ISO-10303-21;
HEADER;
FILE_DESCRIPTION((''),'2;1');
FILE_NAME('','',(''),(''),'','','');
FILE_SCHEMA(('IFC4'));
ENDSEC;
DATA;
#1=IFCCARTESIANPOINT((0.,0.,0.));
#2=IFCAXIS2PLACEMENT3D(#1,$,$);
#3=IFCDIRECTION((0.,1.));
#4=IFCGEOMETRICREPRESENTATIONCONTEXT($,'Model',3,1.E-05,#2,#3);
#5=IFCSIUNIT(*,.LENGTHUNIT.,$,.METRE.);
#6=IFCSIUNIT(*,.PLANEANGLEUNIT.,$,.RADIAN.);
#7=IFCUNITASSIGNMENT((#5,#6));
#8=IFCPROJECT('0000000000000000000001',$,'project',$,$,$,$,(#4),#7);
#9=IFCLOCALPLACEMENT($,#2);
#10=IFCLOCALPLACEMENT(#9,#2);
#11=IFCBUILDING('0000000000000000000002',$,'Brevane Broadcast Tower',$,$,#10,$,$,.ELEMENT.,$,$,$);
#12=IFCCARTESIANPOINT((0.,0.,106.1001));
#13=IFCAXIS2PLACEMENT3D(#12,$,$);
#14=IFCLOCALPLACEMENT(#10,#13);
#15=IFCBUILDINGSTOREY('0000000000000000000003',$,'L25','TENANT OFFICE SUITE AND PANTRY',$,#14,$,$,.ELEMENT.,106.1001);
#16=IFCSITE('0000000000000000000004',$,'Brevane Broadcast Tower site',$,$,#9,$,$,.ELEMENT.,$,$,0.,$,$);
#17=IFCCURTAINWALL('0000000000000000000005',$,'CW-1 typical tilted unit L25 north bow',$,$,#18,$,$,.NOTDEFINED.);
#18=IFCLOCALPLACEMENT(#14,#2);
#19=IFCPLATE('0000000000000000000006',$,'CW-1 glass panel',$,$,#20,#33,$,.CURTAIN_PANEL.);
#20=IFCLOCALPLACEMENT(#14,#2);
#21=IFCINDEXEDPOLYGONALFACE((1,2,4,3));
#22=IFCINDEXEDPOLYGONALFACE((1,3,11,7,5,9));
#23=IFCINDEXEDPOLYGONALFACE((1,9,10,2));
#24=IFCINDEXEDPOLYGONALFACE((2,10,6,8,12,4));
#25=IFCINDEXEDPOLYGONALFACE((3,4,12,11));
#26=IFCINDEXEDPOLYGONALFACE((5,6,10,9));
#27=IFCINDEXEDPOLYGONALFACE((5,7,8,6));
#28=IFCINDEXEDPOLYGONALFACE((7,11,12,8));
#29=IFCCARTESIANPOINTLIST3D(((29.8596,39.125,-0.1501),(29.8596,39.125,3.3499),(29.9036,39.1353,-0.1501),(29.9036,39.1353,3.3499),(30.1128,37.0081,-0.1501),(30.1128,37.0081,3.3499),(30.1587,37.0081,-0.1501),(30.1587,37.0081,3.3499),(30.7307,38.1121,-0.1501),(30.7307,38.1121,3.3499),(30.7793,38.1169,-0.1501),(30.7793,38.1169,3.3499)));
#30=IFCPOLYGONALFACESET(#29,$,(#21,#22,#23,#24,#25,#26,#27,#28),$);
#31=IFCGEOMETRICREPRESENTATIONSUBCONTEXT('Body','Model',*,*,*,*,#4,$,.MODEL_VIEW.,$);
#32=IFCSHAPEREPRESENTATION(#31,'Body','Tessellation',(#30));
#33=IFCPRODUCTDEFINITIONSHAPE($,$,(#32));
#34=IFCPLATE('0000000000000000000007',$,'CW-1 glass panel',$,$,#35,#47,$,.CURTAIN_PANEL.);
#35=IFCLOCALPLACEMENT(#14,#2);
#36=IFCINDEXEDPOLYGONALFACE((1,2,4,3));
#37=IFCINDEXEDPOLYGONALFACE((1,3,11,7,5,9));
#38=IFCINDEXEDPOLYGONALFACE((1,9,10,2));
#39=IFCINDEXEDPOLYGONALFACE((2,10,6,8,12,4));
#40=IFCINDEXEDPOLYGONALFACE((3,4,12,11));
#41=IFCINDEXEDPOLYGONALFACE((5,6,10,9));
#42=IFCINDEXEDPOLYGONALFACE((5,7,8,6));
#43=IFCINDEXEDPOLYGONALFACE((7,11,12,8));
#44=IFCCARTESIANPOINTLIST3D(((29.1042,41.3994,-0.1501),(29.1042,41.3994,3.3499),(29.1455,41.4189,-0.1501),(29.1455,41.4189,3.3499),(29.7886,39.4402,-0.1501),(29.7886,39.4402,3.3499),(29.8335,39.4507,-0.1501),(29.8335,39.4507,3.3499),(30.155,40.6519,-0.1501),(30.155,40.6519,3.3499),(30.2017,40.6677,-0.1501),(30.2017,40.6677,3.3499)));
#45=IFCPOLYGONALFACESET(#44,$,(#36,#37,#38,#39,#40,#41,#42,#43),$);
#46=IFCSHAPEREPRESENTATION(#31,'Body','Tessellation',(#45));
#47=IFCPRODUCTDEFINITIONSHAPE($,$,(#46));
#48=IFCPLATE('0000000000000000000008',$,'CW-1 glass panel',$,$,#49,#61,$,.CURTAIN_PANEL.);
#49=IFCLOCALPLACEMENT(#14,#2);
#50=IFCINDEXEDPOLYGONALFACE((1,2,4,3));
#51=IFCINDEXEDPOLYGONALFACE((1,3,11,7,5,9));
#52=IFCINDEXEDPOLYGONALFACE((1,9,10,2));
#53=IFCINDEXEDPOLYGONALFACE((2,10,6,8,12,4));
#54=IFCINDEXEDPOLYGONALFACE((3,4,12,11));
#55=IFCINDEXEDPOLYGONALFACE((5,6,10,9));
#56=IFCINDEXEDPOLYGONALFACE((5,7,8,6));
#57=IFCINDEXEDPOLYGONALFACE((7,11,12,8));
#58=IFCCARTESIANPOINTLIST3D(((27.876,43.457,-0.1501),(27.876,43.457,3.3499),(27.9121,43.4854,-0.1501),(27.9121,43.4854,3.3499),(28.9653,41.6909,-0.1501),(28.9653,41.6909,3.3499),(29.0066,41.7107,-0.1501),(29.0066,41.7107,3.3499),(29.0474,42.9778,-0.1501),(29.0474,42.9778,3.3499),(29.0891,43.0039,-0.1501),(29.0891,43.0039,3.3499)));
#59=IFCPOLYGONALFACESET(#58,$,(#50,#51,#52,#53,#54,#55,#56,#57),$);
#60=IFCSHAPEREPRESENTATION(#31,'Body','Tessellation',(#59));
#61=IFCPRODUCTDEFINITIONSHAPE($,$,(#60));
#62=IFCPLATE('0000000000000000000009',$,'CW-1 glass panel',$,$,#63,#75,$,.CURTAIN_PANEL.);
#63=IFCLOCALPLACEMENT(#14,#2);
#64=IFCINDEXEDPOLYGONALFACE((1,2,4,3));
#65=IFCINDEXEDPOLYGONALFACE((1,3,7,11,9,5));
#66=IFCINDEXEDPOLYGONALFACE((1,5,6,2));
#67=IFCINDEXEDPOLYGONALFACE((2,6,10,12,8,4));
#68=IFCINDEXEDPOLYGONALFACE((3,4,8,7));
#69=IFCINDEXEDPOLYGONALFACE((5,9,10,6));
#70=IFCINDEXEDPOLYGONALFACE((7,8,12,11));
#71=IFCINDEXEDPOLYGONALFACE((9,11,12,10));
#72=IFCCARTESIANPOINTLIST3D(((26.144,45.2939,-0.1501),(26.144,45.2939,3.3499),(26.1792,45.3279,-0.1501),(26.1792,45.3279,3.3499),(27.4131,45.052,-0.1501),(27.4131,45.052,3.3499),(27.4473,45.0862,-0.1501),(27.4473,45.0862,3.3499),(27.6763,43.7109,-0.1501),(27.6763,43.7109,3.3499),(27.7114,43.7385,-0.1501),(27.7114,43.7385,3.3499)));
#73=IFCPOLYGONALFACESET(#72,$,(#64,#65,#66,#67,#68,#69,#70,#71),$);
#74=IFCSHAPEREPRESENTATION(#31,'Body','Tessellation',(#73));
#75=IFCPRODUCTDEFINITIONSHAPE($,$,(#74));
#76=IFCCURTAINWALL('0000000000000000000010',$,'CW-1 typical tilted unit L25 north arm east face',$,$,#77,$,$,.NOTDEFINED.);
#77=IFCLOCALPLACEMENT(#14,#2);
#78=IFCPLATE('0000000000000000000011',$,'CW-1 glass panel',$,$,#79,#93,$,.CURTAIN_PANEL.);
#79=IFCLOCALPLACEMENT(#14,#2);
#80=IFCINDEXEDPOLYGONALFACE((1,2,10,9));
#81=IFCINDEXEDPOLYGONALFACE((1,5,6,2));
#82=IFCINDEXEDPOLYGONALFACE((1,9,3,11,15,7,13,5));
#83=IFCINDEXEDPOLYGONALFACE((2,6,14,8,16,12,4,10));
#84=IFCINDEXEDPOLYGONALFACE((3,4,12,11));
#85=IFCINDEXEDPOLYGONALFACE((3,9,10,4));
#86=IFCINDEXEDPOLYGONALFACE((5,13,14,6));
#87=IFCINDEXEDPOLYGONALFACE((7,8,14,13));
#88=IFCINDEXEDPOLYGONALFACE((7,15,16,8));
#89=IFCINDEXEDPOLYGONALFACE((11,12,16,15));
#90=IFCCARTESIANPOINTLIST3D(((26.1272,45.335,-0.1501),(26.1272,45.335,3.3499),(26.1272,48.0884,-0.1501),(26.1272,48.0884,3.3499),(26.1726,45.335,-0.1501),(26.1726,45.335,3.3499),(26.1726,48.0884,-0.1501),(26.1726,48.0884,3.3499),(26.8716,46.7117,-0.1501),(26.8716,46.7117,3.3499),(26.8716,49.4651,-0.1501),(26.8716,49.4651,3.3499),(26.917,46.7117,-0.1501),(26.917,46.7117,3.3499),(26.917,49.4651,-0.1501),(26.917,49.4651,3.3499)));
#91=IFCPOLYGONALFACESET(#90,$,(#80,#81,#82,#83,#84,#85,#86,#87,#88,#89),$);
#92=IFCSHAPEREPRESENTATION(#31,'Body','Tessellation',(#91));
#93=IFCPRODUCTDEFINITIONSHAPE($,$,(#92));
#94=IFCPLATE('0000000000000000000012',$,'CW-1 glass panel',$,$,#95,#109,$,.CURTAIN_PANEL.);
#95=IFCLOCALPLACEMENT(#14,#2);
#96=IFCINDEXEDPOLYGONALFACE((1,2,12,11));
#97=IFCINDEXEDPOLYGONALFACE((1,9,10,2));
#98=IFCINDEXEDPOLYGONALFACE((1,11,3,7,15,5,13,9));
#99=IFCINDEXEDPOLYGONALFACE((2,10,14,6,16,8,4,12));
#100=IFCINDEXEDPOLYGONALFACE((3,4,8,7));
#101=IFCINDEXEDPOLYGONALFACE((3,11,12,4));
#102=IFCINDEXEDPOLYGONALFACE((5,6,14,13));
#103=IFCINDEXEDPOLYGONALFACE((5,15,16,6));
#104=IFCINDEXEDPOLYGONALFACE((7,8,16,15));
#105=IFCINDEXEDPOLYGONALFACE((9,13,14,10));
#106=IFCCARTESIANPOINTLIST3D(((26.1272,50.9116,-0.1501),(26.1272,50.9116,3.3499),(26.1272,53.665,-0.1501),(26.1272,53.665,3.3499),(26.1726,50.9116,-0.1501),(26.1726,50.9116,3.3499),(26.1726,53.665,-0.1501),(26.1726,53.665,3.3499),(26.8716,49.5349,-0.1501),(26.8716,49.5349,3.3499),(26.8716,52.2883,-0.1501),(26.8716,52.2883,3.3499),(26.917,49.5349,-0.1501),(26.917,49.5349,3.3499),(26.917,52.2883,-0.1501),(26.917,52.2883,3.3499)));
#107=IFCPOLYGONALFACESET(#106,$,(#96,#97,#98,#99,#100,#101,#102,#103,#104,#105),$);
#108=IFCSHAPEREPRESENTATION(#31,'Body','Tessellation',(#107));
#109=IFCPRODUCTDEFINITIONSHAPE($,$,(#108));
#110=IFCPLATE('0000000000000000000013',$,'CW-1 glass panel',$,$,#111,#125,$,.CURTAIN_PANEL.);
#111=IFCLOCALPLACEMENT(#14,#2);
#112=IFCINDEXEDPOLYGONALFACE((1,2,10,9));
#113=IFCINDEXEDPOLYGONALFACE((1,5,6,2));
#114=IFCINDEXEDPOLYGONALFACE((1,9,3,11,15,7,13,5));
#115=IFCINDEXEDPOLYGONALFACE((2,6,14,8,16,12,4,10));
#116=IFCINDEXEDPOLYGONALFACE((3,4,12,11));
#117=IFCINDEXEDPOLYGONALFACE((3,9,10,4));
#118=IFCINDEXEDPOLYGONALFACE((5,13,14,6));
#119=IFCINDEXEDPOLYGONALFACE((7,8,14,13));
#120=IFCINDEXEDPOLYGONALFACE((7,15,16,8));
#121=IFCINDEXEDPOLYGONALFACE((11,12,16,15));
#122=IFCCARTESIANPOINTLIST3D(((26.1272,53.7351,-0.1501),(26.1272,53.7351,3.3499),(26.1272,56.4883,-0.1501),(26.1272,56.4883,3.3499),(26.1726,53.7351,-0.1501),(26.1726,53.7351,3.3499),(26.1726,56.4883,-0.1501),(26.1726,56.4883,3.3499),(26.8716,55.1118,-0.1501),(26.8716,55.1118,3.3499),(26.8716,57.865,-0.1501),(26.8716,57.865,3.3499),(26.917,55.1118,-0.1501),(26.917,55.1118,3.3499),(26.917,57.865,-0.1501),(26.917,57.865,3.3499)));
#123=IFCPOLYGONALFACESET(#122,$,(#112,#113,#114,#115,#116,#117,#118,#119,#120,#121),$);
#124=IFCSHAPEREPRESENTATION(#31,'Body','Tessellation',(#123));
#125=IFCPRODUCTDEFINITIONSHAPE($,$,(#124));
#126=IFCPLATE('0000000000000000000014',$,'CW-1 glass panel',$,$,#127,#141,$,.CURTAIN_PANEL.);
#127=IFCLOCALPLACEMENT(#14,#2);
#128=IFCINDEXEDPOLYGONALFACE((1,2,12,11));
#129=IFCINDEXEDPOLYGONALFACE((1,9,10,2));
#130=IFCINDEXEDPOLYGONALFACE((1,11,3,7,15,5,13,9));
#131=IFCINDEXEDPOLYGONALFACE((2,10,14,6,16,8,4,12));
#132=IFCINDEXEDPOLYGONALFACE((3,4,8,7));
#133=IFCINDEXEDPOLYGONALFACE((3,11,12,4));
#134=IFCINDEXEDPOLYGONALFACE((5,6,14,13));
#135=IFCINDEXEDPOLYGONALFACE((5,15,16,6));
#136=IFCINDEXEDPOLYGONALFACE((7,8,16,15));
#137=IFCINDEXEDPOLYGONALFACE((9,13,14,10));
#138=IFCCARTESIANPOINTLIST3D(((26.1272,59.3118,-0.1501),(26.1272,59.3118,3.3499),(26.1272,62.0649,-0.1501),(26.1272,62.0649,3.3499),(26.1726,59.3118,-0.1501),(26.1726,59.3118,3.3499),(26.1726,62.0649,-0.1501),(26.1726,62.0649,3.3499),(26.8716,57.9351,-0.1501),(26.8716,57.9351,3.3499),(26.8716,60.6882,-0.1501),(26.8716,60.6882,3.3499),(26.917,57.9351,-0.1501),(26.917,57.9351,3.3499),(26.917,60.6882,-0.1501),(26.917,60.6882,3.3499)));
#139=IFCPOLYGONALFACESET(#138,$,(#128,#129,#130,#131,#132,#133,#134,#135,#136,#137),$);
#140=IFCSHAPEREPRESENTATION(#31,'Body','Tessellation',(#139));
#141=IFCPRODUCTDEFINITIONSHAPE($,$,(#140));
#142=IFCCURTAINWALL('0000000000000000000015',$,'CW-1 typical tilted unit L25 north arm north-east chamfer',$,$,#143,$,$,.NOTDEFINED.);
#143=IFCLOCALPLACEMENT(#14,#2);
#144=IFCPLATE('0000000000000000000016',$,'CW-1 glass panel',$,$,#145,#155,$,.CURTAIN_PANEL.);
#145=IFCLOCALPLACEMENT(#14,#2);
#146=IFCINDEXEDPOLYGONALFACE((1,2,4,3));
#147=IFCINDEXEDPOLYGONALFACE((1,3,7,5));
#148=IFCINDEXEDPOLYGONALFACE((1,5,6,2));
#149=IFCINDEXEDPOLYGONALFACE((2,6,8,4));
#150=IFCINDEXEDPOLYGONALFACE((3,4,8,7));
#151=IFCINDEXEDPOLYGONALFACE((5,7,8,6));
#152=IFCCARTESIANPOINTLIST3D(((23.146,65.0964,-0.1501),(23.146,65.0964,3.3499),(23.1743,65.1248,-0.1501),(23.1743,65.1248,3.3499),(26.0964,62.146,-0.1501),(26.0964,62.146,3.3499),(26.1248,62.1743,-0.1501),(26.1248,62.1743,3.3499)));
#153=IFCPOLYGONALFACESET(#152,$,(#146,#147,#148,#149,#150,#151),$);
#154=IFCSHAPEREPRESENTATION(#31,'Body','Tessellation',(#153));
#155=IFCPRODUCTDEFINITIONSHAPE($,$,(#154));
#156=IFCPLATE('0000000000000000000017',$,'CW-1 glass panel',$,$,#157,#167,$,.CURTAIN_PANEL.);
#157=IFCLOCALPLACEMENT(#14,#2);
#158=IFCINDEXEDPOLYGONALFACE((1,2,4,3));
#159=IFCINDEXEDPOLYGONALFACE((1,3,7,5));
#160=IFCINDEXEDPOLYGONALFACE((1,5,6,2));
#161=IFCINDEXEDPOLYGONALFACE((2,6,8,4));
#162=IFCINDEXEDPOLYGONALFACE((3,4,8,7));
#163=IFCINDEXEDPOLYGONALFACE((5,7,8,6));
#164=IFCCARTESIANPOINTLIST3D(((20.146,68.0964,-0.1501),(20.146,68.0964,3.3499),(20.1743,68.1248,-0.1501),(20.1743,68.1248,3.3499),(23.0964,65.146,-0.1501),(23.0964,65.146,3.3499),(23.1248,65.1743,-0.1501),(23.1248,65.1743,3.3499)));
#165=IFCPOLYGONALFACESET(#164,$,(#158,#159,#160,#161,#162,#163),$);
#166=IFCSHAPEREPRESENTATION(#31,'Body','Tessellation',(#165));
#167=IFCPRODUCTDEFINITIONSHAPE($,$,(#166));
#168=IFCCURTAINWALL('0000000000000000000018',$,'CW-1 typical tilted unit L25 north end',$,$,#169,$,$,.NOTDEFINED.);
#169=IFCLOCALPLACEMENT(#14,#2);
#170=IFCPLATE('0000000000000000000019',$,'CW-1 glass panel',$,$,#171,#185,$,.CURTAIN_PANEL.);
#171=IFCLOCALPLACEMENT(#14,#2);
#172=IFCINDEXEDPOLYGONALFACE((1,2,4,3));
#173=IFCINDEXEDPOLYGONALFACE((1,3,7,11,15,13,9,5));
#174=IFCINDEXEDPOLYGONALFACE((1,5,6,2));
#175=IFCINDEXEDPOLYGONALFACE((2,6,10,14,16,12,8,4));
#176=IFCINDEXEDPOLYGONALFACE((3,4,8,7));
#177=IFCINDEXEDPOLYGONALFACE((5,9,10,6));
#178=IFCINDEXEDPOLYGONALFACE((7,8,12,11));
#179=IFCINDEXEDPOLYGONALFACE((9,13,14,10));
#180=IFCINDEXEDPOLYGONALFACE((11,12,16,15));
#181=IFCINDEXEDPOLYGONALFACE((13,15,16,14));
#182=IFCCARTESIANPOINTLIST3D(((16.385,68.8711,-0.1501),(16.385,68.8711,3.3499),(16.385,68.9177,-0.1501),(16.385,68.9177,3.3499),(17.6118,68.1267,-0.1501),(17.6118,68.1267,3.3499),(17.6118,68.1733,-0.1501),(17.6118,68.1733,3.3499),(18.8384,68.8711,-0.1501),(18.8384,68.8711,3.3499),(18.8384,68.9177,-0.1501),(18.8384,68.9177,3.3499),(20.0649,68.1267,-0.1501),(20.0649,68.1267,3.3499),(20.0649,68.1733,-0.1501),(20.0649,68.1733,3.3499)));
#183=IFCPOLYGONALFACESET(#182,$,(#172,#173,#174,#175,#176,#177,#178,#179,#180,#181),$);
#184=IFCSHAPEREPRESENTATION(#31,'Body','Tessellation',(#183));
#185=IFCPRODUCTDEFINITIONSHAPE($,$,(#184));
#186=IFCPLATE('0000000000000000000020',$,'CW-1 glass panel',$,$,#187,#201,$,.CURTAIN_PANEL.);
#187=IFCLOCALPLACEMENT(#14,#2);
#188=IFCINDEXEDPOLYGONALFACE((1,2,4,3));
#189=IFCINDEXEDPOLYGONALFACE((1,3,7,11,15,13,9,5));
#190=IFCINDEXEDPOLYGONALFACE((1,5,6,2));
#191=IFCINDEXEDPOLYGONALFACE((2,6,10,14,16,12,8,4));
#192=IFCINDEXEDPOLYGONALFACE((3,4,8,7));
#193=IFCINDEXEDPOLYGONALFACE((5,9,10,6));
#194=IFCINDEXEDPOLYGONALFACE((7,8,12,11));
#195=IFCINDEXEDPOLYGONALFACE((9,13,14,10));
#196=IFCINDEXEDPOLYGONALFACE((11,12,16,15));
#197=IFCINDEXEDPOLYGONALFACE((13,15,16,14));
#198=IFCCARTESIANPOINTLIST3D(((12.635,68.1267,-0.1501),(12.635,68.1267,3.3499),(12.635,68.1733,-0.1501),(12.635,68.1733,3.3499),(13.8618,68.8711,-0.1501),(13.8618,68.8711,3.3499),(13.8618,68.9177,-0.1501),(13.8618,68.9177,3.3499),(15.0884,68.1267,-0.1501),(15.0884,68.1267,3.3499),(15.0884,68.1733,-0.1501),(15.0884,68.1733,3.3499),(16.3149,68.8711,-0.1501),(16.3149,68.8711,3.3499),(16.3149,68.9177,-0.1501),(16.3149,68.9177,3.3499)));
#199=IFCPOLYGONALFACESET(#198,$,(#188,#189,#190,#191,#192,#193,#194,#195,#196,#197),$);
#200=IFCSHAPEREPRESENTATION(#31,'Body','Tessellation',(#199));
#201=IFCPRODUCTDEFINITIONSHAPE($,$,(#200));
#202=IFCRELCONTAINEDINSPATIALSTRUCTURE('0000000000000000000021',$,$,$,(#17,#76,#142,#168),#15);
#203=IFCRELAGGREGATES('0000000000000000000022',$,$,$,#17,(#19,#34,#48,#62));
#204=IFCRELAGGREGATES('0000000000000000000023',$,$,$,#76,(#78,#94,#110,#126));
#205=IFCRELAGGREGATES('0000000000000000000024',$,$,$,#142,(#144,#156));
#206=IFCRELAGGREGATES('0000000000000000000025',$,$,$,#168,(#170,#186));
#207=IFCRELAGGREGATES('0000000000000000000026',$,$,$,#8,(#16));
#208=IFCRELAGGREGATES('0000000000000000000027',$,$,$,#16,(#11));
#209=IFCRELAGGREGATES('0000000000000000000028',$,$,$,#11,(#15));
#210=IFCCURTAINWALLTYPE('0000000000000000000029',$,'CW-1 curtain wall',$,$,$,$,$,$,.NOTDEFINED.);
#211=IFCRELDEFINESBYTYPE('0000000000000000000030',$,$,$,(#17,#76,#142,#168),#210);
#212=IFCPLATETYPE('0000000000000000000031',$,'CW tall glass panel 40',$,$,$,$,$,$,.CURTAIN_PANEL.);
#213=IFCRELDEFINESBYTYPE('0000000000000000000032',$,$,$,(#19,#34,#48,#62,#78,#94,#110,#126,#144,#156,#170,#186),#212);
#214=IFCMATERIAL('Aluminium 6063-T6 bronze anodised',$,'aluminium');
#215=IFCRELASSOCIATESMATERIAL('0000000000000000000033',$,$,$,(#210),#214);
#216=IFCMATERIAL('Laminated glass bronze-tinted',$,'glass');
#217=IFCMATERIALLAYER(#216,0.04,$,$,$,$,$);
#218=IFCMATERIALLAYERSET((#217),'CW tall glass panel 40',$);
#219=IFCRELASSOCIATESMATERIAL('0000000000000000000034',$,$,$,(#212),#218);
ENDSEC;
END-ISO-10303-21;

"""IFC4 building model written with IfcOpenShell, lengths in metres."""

from ifc_helpers import new_model, si_unit, direction, frame, origin, place, context, subcontext, project, spatial, polyline, outline, extrude, material, layer, layer_set, type_object, element, aggregate, save


model = new_model("IFC4")

# Units and contexts
model_context = context("Model", 3, precision=1e-05, world=origin(), true_north=direction((0.0, 1.0)))
body_context = subcontext(model_context, "Body", "Model", "MODEL_VIEW")
ifc_project = project(units=[si_unit("LENGTHUNIT", "METRE"), si_unit("PLANEANGLEUNIT", "RADIAN")], contexts=[model_context])

# Site, building, storey
site_placement = place(None, origin())
site = spatial("IfcSite", under=ifc_project, at=site_placement, Name="Brevane Broadcast Tower site", CompositionType="ELEMENT", RefElevation=0.0)
building_placement = place(site_placement, origin())
building = spatial("IfcBuilding", under=site, at=building_placement, Name="Brevane Broadcast Tower", CompositionType="ELEMENT")
storey_placement = place(building_placement, frame((0.0, 0.0, 106.1001)))
storey = spatial("IfcBuildingStorey", under=building, at=storey_placement, Name="L25", Description="TENANT OFFICE SUITE AND PANTRY", CompositionType="ELEMENT", Elevation=106.1001)

# Shared definitions
ifc_material_1 = material(Name="Aluminium 6063-T6 bronze anodised", Category="aluminium")
curtain_wall_type = type_object("IfcCurtainWallType", Name="CW-1 curtain wall", PredefinedType="NOTDEFINED", material=ifc_material_1)

# Curtain walls, plates
ifc_material_2 = material(Name="Laminated glass bronze-tinted", Category="glass")
ifc_layer = layer(ifc_material_2, 0.04)
ifc_layer_set = layer_set([ifc_layer], Name="CW tall glass panel 40")
plate_type = type_object("IfcPlateType", Name="CW tall glass panel 40", PredefinedType="CURTAIN_PANEL", material=ifc_layer_set)
curtain_wall_1_placement = place(storey_placement, origin())
curtain_wall_1 = element("IfcCurtainWall", 1, at=curtain_wall_1_placement, inside=storey, type_object=curtain_wall_type, Name="CW-1 typical tilted unit L25 north bow", PredefinedType="NOTDEFINED")
plate_1_placement = place(storey_placement, frame((0.0, 0.0, -0.1501)))
plate_1 = element("IfcPlate", 2, at=plate_1_placement, type_object=plate_type, Name="CW-1 glass panel", PredefinedType="CURTAIN_PANEL", context=body_context, shape_type="SweptSolid", body=[
    extrude(outline(polyline([(30.1128, 37.0081), (30.1587, 37.0081), (30.7793, 38.1169), (29.9036, 39.1353), (29.8596, 39.125), (30.7307, 38.1121), (30.1128, 37.0081)])), origin(), (0.0, 0.0, 1.0), 3.5),
])
plate_2_placement = place(storey_placement, frame((0.0, 0.0, -0.1501)))
plate_2 = element("IfcPlate", 3, at=plate_2_placement, type_object=plate_type, Name="CW-1 glass panel", PredefinedType="CURTAIN_PANEL", context=body_context, shape_type="SweptSolid", body=[
    extrude(outline(polyline([(29.7886, 39.4402), (29.8335, 39.4507), (30.2017, 40.6677), (29.1455, 41.4189), (29.1042, 41.3994), (30.155, 40.6519), (29.7886, 39.4402)])), origin(), (0.0, 0.0, 1.0), 3.5),
])
plate_3_placement = place(storey_placement, frame((0.0, 0.0, -0.1501)))
plate_3 = element("IfcPlate", 4, at=plate_3_placement, type_object=plate_type, Name="CW-1 glass panel", PredefinedType="CURTAIN_PANEL", context=body_context, shape_type="SweptSolid", body=[
    extrude(outline(polyline([(28.9653, 41.6909), (29.0066, 41.7107), (29.0891, 43.0039), (27.9121, 43.4854), (27.876, 43.457), (29.0474, 42.9778), (28.9653, 41.6909)])), origin(), (0.0, 0.0, 1.0), 3.5),
])
plate_4_placement = place(storey_placement, frame((0.0, 0.0, -0.1501)))
plate_4 = element("IfcPlate", 5, at=plate_4_placement, type_object=plate_type, Name="CW-1 glass panel", PredefinedType="CURTAIN_PANEL", context=body_context, shape_type="SweptSolid", body=[
    extrude(outline(polyline([(27.6763, 43.7109), (27.7114, 43.7385), (27.4473, 45.0862), (26.1792, 45.3279), (26.144, 45.2939), (27.4131, 45.052), (27.6763, 43.7109)])), origin(), (0.0, 0.0, 1.0), 3.5),
])
aggregate(curtain_wall_1, [plate_1, plate_2, plate_3, plate_4])
curtain_wall_2_placement = place(storey_placement, origin())
curtain_wall_2 = element("IfcCurtainWall", 6, at=curtain_wall_2_placement, inside=storey, type_object=curtain_wall_type, Name="CW-1 typical tilted unit L25 north arm east face", PredefinedType="NOTDEFINED")
plate_5_placement = place(storey_placement, frame((0.0, 0.0, -0.1501)))
plate_5 = element("IfcPlate", 7, at=plate_5_placement, type_object=plate_type, Name="CW-1 glass panel", PredefinedType="CURTAIN_PANEL", context=body_context, shape_type="SweptSolid", body=[
    extrude(outline(polyline([(26.1272, 45.335), (26.1726, 45.335), (26.917, 46.7117), (26.1726, 48.0884), (26.917, 49.4651), (26.8716, 49.4651), (26.1272, 48.0884), (26.8716, 46.7117), (26.1272, 45.335)])), origin(), (0.0, 0.0, 1.0), 3.5),
])
plate_6_placement = place(storey_placement, frame((0.0, 0.0, -0.1501)))
plate_6 = element("IfcPlate", 8, at=plate_6_placement, type_object=plate_type, Name="CW-1 glass panel", PredefinedType="CURTAIN_PANEL", context=body_context, shape_type="SweptSolid", body=[
    extrude(outline(polyline([(26.8716, 49.5349), (26.917, 49.5349), (26.1726, 50.9116), (26.917, 52.2883), (26.1726, 53.665), (26.1272, 53.665), (26.8716, 52.2883), (26.1272, 50.9116), (26.8716, 49.5349)])), origin(), (0.0, 0.0, 1.0), 3.5),
])
plate_7_placement = place(storey_placement, frame((0.0, 0.0, -0.1501)))
plate_7 = element("IfcPlate", 9, at=plate_7_placement, type_object=plate_type, Name="CW-1 glass panel", PredefinedType="CURTAIN_PANEL", context=body_context, shape_type="SweptSolid", body=[
    extrude(outline(polyline([(26.1272, 53.7351), (26.1726, 53.7351), (26.917, 55.1118), (26.1726, 56.4883), (26.917, 57.865), (26.8716, 57.865), (26.1272, 56.4883), (26.8716, 55.1118), (26.1272, 53.7351)])), origin(), (0.0, 0.0, 1.0), 3.5),
])
plate_8_placement = place(storey_placement, frame((0.0, 0.0, -0.1501)))
plate_8 = element("IfcPlate", 10, at=plate_8_placement, type_object=plate_type, Name="CW-1 glass panel", PredefinedType="CURTAIN_PANEL", context=body_context, shape_type="SweptSolid", body=[
    extrude(outline(polyline([(26.8716, 57.9351), (26.917, 57.9351), (26.1726, 59.3118), (26.917, 60.6882), (26.1726, 62.0649), (26.1272, 62.0649), (26.8716, 60.6882), (26.1272, 59.3118), (26.8716, 57.9351)])), origin(), (0.0, 0.0, 1.0), 3.5),
])
aggregate(curtain_wall_2, [plate_5, plate_6, plate_7, plate_8])
curtain_wall_3_placement = place(storey_placement, origin())
curtain_wall_3 = element("IfcCurtainWall", 11, at=curtain_wall_3_placement, inside=storey, type_object=curtain_wall_type, Name="CW-1 typical tilted unit L25 north arm north-east chamfer", PredefinedType="NOTDEFINED")
plate_9_placement = place(storey_placement, frame((0.0, 0.0, -0.1501)))
plate_9 = element("IfcPlate", 12, at=plate_9_placement, type_object=plate_type, Name="CW-1 glass panel", PredefinedType="CURTAIN_PANEL", context=body_context, shape_type="SweptSolid", body=[
    extrude(outline(polyline([(26.0964, 62.146), (23.146, 65.0964), (23.1743, 65.1248), (26.1248, 62.1743), (26.0964, 62.146)])), origin(), (0.0, 0.0, 1.0), 3.5),
])
plate_10_placement = place(storey_placement, frame((0.0, 0.0, -0.1501)))
plate_10 = element("IfcPlate", 13, at=plate_10_placement, type_object=plate_type, Name="CW-1 glass panel", PredefinedType="CURTAIN_PANEL", context=body_context, shape_type="SweptSolid", body=[
    extrude(outline(polyline([(23.0964, 65.146), (20.146, 68.0964), (20.1743, 68.1248), (23.1248, 65.1743), (23.0964, 65.146)])), origin(), (0.0, 0.0, 1.0), 3.5),
])
aggregate(curtain_wall_3, [plate_9, plate_10])
curtain_wall_4_placement = place(storey_placement, origin())
curtain_wall_4 = element("IfcCurtainWall", 14, at=curtain_wall_4_placement, inside=storey, type_object=curtain_wall_type, Name="CW-1 typical tilted unit L25 north end", PredefinedType="NOTDEFINED")
plate_11_placement = place(storey_placement, frame((0.0, 0.0, -0.1501)))
plate_11 = element("IfcPlate", 15, at=plate_11_placement, type_object=plate_type, Name="CW-1 glass panel", PredefinedType="CURTAIN_PANEL", context=body_context, shape_type="SweptSolid", body=[
    extrude(outline(polyline([(20.0649, 68.1267), (20.0649, 68.1733), (18.8384, 68.9177), (17.6118, 68.1733), (16.385, 68.9177), (16.385, 68.8711), (17.6118, 68.1267), (18.8384, 68.8711), (20.0649, 68.1267)])), origin(), (0.0, 0.0, 1.0), 3.5),
])
plate_12_placement = place(storey_placement, frame((0.0, 0.0, -0.1501)))
plate_12 = element("IfcPlate", 16, at=plate_12_placement, type_object=plate_type, Name="CW-1 glass panel", PredefinedType="CURTAIN_PANEL", context=body_context, shape_type="SweptSolid", body=[
    extrude(outline(polyline([(16.3149, 68.8711), (16.3149, 68.9177), (15.0884, 68.1733), (13.8618, 68.9177), (12.635, 68.1733), (12.635, 68.1267), (13.8618, 68.8711), (15.0884, 68.1267), (16.3149, 68.8711)])), origin(), (0.0, 0.0, 1.0), 3.5),
])
aggregate(curtain_wall_4, [plate_11, plate_12])

save(model, "model.ifc")
